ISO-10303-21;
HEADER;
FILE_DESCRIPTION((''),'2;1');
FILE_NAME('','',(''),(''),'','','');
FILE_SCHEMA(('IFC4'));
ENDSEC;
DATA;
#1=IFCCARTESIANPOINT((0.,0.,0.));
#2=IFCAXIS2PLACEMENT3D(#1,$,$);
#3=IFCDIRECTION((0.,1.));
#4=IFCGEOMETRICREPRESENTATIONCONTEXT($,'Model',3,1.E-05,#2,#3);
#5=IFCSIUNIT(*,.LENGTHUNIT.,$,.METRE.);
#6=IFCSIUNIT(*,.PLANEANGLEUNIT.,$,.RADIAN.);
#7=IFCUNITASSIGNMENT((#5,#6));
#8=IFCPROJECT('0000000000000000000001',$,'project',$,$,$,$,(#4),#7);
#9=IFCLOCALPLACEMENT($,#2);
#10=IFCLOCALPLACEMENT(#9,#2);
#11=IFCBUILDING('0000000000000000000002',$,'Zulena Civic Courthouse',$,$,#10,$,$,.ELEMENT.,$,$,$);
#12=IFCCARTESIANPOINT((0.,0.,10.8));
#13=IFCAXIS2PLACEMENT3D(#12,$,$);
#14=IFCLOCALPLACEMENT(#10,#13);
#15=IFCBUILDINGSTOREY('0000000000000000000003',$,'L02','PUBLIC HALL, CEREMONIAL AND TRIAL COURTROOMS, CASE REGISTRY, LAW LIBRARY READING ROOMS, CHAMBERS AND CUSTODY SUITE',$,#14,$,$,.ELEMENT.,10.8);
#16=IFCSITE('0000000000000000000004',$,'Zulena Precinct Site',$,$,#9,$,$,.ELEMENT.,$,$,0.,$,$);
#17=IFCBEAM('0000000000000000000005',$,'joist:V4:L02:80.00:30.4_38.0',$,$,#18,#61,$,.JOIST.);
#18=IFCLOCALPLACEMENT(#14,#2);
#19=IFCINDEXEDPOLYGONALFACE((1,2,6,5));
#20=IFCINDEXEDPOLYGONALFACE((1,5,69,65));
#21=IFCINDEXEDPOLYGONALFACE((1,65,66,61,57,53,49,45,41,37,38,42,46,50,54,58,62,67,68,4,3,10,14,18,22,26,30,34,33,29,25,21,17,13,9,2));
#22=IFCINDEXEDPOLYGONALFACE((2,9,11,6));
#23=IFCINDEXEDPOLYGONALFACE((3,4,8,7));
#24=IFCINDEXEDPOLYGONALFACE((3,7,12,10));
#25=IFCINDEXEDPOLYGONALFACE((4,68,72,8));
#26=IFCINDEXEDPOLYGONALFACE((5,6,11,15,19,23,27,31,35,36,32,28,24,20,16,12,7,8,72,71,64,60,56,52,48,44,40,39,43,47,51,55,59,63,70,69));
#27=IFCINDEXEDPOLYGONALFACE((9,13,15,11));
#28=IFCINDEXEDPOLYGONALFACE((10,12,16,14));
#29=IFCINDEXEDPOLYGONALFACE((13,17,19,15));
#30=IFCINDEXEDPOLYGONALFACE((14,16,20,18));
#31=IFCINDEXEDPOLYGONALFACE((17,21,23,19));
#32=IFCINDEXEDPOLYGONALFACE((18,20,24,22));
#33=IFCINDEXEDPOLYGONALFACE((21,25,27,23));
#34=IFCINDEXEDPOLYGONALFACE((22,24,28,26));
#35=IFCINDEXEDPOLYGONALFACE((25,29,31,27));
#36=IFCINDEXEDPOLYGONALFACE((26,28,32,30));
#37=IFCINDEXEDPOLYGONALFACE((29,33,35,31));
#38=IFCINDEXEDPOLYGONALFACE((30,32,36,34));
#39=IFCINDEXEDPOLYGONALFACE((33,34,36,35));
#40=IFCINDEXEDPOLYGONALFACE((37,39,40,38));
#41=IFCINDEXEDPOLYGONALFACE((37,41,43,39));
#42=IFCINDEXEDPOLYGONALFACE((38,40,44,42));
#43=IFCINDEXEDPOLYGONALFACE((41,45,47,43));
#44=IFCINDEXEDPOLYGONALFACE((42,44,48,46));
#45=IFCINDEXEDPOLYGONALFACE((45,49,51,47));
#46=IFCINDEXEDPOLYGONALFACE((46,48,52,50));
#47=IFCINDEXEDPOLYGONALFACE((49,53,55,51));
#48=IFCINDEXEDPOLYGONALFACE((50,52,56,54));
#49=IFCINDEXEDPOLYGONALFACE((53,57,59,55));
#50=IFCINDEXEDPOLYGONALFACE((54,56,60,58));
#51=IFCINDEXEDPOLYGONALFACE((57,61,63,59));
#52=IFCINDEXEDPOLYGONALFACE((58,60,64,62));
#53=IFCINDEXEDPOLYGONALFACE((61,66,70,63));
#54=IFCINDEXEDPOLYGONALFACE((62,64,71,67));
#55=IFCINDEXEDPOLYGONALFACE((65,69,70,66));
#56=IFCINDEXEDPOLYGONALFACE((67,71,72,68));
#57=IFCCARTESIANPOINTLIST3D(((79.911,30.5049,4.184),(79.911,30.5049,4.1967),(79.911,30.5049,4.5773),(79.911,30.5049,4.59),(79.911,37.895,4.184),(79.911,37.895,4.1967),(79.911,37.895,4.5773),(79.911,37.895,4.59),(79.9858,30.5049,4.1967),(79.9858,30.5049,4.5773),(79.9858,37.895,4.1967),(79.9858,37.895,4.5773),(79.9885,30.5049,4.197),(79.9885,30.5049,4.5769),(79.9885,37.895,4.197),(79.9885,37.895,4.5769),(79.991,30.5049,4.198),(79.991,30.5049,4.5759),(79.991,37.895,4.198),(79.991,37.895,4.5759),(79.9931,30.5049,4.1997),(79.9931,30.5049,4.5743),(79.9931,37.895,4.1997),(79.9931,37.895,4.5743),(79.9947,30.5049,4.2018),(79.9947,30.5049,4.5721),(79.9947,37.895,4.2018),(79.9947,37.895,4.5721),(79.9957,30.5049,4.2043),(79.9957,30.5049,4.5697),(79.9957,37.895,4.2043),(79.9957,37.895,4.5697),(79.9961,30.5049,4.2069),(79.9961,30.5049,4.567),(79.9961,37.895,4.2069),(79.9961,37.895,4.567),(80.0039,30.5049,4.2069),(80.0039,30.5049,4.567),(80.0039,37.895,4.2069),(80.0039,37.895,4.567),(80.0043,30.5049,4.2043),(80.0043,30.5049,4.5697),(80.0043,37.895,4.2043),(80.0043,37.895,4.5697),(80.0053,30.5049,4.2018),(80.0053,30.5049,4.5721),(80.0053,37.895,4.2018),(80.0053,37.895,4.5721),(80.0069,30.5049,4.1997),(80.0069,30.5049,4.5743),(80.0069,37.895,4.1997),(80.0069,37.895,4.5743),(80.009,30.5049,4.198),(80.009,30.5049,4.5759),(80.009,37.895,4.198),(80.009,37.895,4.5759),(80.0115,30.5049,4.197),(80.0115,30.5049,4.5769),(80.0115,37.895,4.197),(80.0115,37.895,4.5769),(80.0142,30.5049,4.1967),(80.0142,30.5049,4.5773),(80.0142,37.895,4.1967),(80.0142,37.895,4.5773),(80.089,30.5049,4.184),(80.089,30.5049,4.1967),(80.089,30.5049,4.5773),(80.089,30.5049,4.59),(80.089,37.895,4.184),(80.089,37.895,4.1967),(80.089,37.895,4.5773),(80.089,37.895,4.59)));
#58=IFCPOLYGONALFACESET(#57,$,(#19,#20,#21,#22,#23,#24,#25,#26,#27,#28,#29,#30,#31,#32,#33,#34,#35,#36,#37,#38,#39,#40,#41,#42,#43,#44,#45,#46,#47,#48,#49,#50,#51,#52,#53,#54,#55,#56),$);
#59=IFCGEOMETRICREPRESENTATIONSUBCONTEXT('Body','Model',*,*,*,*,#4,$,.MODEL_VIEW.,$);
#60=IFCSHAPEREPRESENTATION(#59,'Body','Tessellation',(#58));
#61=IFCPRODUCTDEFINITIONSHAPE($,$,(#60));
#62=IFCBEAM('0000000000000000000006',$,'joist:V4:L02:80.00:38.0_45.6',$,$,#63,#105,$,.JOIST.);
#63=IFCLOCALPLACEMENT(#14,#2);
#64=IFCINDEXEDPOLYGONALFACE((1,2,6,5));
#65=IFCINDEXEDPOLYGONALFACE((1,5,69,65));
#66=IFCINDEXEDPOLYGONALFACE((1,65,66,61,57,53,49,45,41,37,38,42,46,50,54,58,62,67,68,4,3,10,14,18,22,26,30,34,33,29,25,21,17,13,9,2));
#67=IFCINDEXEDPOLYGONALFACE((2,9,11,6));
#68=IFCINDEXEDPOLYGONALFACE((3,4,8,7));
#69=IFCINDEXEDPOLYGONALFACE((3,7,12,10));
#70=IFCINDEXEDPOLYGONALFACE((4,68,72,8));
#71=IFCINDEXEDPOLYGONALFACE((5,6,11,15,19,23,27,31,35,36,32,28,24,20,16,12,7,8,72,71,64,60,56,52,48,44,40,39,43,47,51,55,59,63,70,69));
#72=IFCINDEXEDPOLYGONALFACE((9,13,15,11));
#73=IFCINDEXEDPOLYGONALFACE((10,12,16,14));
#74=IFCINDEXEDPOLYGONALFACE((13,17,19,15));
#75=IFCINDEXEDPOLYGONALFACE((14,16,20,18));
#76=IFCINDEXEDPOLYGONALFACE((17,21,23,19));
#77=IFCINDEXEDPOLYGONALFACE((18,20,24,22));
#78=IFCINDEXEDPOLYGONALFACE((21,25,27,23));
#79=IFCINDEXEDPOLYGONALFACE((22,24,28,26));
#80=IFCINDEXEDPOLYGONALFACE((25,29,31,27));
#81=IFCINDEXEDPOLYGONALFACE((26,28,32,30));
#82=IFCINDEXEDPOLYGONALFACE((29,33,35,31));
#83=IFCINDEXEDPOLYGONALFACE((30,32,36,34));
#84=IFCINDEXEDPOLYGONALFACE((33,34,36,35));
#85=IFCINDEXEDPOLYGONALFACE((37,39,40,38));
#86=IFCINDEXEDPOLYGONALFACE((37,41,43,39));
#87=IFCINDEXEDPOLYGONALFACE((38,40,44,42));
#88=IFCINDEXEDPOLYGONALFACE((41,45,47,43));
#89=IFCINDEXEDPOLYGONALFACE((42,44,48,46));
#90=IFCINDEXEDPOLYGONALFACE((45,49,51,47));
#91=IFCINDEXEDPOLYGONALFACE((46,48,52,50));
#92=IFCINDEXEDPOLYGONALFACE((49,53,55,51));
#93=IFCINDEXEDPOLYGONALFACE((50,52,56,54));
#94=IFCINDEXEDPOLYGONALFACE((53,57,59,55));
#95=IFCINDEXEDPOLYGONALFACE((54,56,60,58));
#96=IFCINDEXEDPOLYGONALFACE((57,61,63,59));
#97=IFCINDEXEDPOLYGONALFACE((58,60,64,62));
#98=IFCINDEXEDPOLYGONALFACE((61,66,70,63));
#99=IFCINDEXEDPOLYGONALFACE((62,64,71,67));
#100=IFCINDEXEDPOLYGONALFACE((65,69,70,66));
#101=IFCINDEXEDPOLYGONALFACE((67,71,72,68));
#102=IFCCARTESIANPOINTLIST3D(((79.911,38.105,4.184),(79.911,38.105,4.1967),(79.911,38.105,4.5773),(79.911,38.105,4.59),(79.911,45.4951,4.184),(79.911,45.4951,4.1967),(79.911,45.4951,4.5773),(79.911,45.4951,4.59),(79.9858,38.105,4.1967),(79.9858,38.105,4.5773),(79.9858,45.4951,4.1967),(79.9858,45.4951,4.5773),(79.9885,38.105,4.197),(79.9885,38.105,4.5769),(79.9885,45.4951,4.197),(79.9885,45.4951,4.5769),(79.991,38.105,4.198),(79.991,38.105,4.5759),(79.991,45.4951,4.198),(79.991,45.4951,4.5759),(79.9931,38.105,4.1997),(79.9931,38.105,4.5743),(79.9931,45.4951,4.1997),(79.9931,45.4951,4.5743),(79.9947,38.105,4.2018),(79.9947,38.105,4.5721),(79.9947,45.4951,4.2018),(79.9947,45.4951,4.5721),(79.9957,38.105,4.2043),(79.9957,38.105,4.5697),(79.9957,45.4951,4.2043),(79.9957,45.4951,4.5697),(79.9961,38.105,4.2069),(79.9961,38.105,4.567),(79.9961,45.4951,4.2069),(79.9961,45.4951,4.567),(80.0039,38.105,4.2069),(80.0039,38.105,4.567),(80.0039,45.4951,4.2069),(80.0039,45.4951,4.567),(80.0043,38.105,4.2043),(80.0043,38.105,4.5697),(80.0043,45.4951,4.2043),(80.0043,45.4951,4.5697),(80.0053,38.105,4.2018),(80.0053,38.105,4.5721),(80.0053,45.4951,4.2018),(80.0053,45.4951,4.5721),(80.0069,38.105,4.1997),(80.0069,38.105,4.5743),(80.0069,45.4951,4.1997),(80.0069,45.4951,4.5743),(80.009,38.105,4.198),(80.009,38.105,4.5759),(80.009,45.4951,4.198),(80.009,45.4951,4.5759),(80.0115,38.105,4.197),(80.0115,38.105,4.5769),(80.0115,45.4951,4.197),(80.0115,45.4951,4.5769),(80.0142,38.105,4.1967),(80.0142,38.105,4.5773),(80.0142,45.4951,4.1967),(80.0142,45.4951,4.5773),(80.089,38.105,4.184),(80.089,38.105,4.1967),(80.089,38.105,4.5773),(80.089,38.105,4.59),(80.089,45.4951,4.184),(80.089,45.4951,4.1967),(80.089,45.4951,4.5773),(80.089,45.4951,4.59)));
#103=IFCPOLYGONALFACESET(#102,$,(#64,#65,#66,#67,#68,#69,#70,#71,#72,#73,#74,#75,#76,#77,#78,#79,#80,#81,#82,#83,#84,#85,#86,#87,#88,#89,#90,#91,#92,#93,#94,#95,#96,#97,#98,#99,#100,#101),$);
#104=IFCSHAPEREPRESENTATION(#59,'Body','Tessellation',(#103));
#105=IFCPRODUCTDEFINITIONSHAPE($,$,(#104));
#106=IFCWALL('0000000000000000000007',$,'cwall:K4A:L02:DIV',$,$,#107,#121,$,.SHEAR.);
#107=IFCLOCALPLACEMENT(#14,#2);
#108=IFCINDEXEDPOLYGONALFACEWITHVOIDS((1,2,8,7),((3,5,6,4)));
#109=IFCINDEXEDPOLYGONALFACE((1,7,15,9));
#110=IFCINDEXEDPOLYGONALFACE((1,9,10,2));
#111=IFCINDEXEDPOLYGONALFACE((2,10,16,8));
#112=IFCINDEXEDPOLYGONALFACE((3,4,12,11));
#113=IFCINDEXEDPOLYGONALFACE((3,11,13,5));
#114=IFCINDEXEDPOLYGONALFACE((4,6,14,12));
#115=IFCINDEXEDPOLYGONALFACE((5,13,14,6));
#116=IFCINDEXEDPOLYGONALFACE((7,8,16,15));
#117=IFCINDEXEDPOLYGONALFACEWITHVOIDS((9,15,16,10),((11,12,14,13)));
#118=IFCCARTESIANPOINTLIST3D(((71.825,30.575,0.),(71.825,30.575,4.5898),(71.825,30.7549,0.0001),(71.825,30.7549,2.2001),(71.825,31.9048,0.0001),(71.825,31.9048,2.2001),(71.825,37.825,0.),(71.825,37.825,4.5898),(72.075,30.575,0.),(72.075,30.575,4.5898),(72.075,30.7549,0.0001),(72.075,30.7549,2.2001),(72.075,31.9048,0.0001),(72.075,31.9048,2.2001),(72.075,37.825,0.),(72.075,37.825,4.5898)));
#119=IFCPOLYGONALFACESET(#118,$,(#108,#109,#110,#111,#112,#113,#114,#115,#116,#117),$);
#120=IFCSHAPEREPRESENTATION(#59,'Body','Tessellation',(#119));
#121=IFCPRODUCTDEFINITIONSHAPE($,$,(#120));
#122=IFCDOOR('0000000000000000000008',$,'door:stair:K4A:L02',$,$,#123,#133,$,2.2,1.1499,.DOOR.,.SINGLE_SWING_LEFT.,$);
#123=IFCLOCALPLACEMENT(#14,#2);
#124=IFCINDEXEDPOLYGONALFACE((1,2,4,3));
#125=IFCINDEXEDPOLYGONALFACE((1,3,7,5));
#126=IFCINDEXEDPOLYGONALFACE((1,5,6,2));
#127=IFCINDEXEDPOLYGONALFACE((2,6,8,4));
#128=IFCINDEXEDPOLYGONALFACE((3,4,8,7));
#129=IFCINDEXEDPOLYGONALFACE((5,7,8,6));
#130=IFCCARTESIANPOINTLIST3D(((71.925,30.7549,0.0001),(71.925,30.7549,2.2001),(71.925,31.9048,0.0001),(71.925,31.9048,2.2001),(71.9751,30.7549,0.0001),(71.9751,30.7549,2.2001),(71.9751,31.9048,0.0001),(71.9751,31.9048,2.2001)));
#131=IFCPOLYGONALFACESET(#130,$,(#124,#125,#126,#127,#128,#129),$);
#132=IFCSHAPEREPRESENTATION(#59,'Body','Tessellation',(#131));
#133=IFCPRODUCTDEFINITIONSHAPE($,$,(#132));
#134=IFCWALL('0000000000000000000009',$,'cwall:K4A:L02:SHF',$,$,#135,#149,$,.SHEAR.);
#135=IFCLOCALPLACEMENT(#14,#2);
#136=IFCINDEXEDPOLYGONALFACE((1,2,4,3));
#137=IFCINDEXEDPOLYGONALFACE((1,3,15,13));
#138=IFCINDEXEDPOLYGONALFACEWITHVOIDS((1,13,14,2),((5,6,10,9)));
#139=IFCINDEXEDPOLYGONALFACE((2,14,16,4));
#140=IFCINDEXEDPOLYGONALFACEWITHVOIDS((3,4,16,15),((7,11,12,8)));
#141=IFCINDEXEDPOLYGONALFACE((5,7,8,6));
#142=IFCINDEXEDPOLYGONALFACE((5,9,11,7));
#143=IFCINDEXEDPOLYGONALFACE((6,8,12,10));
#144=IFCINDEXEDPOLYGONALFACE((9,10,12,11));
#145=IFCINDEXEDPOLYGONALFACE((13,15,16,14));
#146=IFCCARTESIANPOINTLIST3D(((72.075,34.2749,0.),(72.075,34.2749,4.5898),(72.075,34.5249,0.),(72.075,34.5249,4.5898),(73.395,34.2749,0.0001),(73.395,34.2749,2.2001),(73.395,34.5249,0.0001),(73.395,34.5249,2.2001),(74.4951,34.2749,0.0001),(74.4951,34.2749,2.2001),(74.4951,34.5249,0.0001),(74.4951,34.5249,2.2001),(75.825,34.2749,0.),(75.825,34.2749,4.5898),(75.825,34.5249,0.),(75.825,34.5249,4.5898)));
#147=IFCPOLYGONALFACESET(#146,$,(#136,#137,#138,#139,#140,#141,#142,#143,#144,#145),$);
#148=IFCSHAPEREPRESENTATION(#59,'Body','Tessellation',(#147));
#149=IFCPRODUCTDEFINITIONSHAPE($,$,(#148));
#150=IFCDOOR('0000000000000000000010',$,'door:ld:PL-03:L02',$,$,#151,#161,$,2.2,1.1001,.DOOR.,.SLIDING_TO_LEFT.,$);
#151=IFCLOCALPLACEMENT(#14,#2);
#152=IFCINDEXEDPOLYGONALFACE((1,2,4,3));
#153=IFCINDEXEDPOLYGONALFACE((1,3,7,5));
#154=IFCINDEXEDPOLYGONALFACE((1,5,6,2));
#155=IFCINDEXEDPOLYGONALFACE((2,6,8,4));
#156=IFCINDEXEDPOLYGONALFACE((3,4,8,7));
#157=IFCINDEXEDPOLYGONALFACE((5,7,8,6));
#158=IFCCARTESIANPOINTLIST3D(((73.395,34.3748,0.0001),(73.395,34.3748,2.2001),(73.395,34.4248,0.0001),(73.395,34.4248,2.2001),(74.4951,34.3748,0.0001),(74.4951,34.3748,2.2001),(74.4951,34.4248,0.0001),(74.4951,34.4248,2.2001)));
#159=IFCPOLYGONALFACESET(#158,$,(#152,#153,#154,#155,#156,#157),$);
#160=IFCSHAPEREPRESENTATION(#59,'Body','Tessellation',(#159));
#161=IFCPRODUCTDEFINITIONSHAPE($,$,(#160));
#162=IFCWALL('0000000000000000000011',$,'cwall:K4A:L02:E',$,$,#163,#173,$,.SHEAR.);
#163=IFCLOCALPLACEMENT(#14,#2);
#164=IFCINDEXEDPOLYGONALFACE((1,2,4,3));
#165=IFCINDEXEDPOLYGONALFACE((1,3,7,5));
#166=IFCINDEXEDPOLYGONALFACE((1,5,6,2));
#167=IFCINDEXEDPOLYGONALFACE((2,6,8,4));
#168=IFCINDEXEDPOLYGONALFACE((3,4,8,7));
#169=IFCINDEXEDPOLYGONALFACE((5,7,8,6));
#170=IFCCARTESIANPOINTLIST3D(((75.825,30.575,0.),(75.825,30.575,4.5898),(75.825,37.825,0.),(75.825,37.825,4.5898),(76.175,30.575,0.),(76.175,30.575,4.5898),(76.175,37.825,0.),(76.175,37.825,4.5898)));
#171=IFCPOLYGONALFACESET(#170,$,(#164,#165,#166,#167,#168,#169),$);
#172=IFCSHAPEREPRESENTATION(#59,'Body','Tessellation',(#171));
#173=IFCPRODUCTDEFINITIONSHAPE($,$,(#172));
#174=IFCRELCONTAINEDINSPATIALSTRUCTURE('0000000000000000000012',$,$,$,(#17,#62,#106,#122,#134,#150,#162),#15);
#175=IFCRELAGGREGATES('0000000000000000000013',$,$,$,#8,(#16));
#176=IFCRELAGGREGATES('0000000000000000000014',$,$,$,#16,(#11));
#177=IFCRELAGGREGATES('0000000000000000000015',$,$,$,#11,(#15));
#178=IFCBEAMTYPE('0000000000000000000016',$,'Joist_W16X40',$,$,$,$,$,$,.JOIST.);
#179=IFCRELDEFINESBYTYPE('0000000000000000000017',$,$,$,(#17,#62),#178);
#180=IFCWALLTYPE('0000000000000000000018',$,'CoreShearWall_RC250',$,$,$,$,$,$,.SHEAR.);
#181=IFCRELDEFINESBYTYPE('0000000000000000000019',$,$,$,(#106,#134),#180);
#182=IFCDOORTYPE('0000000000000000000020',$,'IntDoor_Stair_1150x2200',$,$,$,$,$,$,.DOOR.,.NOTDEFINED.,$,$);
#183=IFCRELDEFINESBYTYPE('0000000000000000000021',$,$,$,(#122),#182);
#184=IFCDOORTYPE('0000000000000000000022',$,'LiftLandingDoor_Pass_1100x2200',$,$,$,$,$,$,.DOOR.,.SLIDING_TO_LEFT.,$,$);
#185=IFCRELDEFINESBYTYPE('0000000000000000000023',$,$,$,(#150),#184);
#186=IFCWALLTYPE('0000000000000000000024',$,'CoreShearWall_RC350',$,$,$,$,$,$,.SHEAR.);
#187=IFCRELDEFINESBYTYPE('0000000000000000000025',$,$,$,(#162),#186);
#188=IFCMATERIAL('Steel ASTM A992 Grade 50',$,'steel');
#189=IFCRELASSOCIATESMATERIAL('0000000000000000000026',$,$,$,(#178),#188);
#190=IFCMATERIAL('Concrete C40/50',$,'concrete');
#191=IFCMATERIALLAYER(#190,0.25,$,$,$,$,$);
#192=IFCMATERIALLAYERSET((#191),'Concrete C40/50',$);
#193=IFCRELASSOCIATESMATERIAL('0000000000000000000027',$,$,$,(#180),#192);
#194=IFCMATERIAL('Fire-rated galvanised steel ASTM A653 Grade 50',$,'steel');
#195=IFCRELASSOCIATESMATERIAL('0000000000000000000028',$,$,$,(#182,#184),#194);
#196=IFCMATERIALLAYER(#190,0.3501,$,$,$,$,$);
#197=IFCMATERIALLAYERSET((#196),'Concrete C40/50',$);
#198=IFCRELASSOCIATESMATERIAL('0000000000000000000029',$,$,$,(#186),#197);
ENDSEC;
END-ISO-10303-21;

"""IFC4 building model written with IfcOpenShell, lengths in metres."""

from ifc_helpers import new_model, si_unit, direction, frame, frame_2d, origin, origin_2d, place, context, subcontext, project, spatial, rectangle, i_section, extrude, material, layer, layer_set, material_profile, profile_set, type_object, element, fill, save


model = new_model("IFC4")

# Units and contexts
model_context = context("Model", 3, precision=1e-05, world=origin(), true_north=direction((0.0, 1.0)))
body_context = subcontext(model_context, "Body", "Model", "MODEL_VIEW")
ifc_project = project(units=[si_unit("LENGTHUNIT", "METRE"), si_unit("PLANEANGLEUNIT", "RADIAN")], contexts=[model_context])

# Site, building, storey
site_placement = place(None, origin())
site = spatial("IfcSite", under=ifc_project, at=site_placement, Name="Zulena Precinct Site", CompositionType="ELEMENT", RefElevation=0.0)
building_placement = place(site_placement, origin())
building = spatial("IfcBuilding", under=site, at=building_placement, Name="Zulena Civic Courthouse", CompositionType="ELEMENT")
storey_placement = place(building_placement, frame((0.0, 0.0, 10.8)))
storey = spatial("IfcBuildingStorey", under=building, at=storey_placement, Name="L02", Description="PUBLIC HALL, CEREMONIAL AND TRIAL COURTROOMS, CASE REGISTRY, LAW LIBRARY READING ROOMS, CHAMBERS AND CUSTODY SUITE", CompositionType="ELEMENT", Elevation=10.8)

# Shared definitions
ifc_material_1 = material(Name="Steel ASTM A992 Grade 50", Category="steel")

# Beams
ifc_material_profile_1 = material_profile(ifc_material_1, i_section(OverallWidth=0.178, OverallDepth=0.406, WebThickness=0.0078, FlangeThickness=0.0127, FilletRadius=0.0103, at=origin_2d()), Name="W16X40")
ifc_profile_set_1 = profile_set([ifc_material_profile_1], Name="Steel ASTM A992 Grade 50")
beam_type_1 = type_object("IfcBeamType", Name="Joist_W16X40", PredefinedType="JOIST", material=ifc_profile_set_1)
for number, where, z_axis, x_axis, name in (
    (1, (80.0, 30.5049, 4.387), (0.0, 1.0, 0.0), (-1.0, 0.0, 0.0), "joist:V4:L02:80.00:30.4_38.0"),
    (2, (80.0, 38.105, 4.387), (0.0, 1.0, 0.0), (-1.0, 0.0, 0.0), "joist:V4:L02:80.00:38.0_45.6"),
):
    element("IfcBeam", number, at=place(storey_placement, frame(where, z_axis=z_axis, x_axis=x_axis)), inside=storey, type_object=beam_type_1, Name=name, PredefinedType="JOIST", context=body_context, shape_type="SweptSolid", body=[
        extrude(i_section(OverallWidth=0.178, OverallDepth=0.406, WebThickness=0.0078, FlangeThickness=0.0127, FilletRadius=0.0103, at=origin_2d()), origin(), (0.0, 0.0, 1.0), 7.3901),
    ])

# Walls, openings, doors
ifc_material_2 = material(Name="Concrete C40/50", Category="concrete")
ifc_layer_1 = layer(ifc_material_2, 0.25)
ifc_layer_set_1 = layer_set([ifc_layer_1], Name="Concrete C40/50")
wall_type_1 = type_object("IfcWallType", Name="CoreShearWall_RC250", PredefinedType="SHEAR", material=ifc_layer_set_1)
wall_1_placement = place(storey_placement, frame((71.95, 30.575, 0.0), z_axis=(0.0, 0.0, 1.0), x_axis=(0.0, 1.0, 0.0)))
wall_1 = element("IfcWall", 3, at=wall_1_placement, inside=storey, type_object=wall_type_1, Name="cwall:K4A:L02:DIV", PredefinedType="SHEAR", context=body_context, shape_type="SweptSolid", body=[
    extrude(rectangle(XDim=7.25, YDim=0.25, at=frame_2d((3.625, 0.0))), origin(), (0.0, 0.0, 1.0), 4.5898),
])
opening_1_placement = place(wall_1_placement, frame((0.1799, 0.0, 0.0)))
opening_1 = element("IfcOpeningElement", 4, at=opening_1_placement, cuts=wall_1, PredefinedType="OPENING", context=body_context, shape_type="SweptSolid", body=[
    extrude(rectangle(XDim=1.1499, YDim=2.2, at=frame_2d((0.575, 1.1001))), frame((0.0, 0.135, 0.0), z_axis=(0.0, -1.0, 0.0), x_axis=(1.0, 0.0, 0.0)), (0.0, 0.0, 1.0), 0.27),
])
ifc_material_3 = material(Name="Fire-rated galvanised steel ASTM A653 Grade 50", Category="steel")
door_type_1 = type_object("IfcDoorType", Name="IntDoor_Stair_1150x2200", OperationType="NOTDEFINED", PredefinedType="DOOR", material=ifc_material_3)
door_1_placement = place(opening_1_placement, origin())
door_1 = element("IfcDoor", 5, at=door_1_placement, inside=storey, type_object=door_type_1, Name="door:stair:K4A:L02", OperationType="SINGLE_SWING_LEFT", OverallHeight=2.2, OverallWidth=1.1499, PredefinedType="DOOR", context=body_context, shape_type="SweptSolid", body=[
    extrude(rectangle(XDim=1.1499, YDim=2.2, at=frame_2d((0.575, 1.1001))), frame((0.0, 0.0249, 0.0), z_axis=(0.0, -1.0, 0.0), x_axis=(1.0, 0.0, 0.0)), (0.0, 0.0, 1.0), 0.05),
])
fill(opening_1, door_1)
wall_2_placement = place(storey_placement, frame((72.075, 34.3999, 0.0), z_axis=(0.0, 0.0, 1.0), x_axis=(1.0, 0.0, 0.0)))
wall_2 = element("IfcWall", 6, at=wall_2_placement, inside=storey, type_object=wall_type_1, Name="cwall:K4A:L02:SHF", PredefinedType="SHEAR", context=body_context, shape_type="SweptSolid", body=[
    extrude(rectangle(XDim=3.75, YDim=0.25, at=frame_2d((1.875, 0.0))), origin(), (0.0, 0.0, 1.0), 4.5898),
])
opening_2_placement = place(wall_2_placement, frame((1.3201, 0.0, 0.0)))
opening_2 = element("IfcOpeningElement", 7, at=opening_2_placement, cuts=wall_2, PredefinedType="OPENING", context=body_context, shape_type="SweptSolid", body=[
    extrude(rectangle(XDim=1.1001, YDim=2.2, at=frame_2d((0.55, 1.1001))), frame((0.0, 0.135, 0.0), z_axis=(0.0, -1.0, 0.0), x_axis=(1.0, 0.0, 0.0)), (0.0, 0.0, 1.0), 0.27),
])
door_type_2 = type_object("IfcDoorType", Name="LiftLandingDoor_Pass_1100x2200", OperationType="SLIDING_TO_LEFT", PredefinedType="DOOR", material=ifc_material_3)
door_2_placement = place(opening_2_placement, origin())
door_2 = element("IfcDoor", 8, at=door_2_placement, inside=storey, type_object=door_type_2, Name="door:ld:PL-03:L02", OperationType="SLIDING_TO_LEFT", OverallHeight=2.2, OverallWidth=1.1001, PredefinedType="DOOR", context=body_context, shape_type="SweptSolid", body=[
    extrude(rectangle(XDim=1.1001, YDim=2.2, at=frame_2d((0.55, 1.1001))), frame((0.0, 0.0249, 0.0), z_axis=(0.0, -1.0, 0.0), x_axis=(1.0, 0.0, 0.0)), (0.0, 0.0, 1.0), 0.05),
])
fill(opening_2, door_2)

# Wall
ifc_layer_2 = layer(ifc_material_2, 0.3501)
ifc_layer_set_2 = layer_set([ifc_layer_2], Name="Concrete C40/50")
wall_type_2 = type_object("IfcWallType", Name="CoreShearWall_RC350", PredefinedType="SHEAR", material=ifc_layer_set_2)
wall_3_placement = place(storey_placement, frame((76.0, 30.575, 0.0), z_axis=(0.0, 0.0, 1.0), x_axis=(0.0, 1.0, 0.0)))
element("IfcWall", 9, at=wall_3_placement, inside=storey, type_object=wall_type_2, Name="cwall:K4A:L02:E", PredefinedType="SHEAR", context=body_context, shape_type="SweptSolid", body=[
    extrude(rectangle(XDim=7.25, YDim=0.3501, at=frame_2d((3.625, 0.0))), origin(), (0.0, 0.0, 1.0), 4.5898),
])

save(model, "model.ifc")
